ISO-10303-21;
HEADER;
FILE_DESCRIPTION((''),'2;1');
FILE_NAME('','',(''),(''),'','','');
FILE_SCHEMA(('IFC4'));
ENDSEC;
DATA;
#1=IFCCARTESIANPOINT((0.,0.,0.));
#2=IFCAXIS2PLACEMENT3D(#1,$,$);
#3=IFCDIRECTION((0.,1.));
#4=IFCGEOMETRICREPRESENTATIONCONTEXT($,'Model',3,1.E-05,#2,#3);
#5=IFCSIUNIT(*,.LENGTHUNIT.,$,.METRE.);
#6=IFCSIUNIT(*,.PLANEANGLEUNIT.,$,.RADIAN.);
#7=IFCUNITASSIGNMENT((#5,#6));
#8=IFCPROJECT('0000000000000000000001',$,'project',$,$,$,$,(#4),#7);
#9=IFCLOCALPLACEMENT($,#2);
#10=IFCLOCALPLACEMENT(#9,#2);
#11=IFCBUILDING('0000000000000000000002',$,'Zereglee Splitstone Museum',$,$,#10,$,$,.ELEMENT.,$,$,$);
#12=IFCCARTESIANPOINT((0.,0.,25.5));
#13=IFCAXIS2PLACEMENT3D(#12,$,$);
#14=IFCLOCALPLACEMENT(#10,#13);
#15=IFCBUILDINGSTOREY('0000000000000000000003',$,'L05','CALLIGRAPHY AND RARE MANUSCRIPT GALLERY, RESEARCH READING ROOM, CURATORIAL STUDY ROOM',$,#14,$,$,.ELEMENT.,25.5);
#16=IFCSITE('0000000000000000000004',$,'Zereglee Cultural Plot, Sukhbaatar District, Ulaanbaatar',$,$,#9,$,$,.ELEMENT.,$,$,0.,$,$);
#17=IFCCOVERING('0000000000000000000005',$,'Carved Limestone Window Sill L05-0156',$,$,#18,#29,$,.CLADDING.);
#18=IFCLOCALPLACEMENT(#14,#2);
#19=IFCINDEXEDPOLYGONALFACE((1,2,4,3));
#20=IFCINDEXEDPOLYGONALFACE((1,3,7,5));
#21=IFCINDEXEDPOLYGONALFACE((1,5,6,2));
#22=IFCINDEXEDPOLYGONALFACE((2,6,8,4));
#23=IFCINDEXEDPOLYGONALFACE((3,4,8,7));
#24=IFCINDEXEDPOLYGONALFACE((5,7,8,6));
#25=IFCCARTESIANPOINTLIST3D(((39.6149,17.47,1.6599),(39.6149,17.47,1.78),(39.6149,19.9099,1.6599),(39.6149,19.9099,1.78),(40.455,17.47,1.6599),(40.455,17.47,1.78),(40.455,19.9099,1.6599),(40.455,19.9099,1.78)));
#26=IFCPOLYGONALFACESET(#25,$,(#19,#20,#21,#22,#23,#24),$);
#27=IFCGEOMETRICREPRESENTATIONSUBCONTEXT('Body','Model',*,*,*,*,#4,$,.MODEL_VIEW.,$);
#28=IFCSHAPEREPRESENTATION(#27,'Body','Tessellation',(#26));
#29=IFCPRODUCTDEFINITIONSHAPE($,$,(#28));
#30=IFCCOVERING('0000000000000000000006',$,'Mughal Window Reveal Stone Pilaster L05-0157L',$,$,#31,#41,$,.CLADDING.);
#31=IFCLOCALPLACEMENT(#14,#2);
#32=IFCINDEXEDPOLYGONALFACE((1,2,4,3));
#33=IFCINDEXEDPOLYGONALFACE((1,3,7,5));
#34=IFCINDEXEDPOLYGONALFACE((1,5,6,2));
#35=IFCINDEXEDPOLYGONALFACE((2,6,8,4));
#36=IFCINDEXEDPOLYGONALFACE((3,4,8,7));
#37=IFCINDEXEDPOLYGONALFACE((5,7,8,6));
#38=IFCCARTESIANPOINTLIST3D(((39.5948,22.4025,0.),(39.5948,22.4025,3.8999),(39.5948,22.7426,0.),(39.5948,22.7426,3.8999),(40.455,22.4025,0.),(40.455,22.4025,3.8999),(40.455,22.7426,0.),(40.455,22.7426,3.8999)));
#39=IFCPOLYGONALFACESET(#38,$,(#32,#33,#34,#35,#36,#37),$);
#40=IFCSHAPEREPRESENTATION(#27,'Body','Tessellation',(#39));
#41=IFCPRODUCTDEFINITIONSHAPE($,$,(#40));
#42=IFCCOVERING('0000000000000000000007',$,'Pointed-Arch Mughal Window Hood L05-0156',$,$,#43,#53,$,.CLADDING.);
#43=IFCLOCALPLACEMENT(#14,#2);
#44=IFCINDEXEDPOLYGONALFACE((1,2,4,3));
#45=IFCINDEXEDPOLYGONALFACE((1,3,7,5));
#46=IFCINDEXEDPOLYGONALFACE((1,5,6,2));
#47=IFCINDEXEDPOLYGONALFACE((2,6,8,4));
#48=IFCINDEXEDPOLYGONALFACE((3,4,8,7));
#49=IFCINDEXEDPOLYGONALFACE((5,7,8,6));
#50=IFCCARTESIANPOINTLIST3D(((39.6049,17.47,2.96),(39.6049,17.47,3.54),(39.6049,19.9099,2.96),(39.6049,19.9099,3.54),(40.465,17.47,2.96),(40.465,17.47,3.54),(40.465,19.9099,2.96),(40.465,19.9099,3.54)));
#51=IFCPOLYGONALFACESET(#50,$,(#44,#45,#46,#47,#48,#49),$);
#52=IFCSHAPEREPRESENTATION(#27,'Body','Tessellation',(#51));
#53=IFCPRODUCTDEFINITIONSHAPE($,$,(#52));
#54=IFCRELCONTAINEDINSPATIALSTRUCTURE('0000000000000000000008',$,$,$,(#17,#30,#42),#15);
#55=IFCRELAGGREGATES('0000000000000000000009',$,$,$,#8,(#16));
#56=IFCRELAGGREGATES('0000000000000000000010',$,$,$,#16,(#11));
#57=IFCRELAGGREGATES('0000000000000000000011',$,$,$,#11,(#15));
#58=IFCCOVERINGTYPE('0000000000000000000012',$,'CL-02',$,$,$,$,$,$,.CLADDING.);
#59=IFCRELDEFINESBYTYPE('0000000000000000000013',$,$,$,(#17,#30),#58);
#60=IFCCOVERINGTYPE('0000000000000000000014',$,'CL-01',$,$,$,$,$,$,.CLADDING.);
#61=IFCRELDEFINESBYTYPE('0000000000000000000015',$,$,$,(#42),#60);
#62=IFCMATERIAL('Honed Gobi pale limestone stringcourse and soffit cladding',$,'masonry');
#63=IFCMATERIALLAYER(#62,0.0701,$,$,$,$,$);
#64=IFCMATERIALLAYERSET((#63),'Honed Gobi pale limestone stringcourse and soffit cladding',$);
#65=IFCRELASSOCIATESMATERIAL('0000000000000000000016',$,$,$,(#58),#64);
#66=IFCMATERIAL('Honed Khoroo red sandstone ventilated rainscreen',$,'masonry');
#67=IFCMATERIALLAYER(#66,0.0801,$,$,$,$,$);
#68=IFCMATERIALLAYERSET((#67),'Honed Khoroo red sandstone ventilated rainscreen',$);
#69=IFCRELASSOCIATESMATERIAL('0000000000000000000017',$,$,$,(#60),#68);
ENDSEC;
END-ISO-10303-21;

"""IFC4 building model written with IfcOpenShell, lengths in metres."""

from ifc_helpers import new_model, si_unit, direction, frame, origin, origin_2d, place, context, subcontext, project, spatial, rectangle, extrude, material, layer, layer_set, type_object, element, save


model = new_model("IFC4")

# Units and contexts
model_context = context("Model", 3, precision=1e-05, world=origin(), true_north=direction((0.0, 1.0)))
body_context = subcontext(model_context, "Body", "Model", "MODEL_VIEW")
ifc_project = project(units=[si_unit("LENGTHUNIT", "METRE"), si_unit("PLANEANGLEUNIT", "RADIAN")], contexts=[model_context])

# Site, building, storey
site_placement = place(None, origin())
site = spatial("IfcSite", under=ifc_project, at=site_placement, Name="Zereglee Cultural Plot, Sukhbaatar District, Ulaanbaatar", CompositionType="ELEMENT", RefElevation=0.0)
building_placement = place(site_placement, origin())
building = spatial("IfcBuilding", under=site, at=building_placement, Name="Zereglee Splitstone Museum", CompositionType="ELEMENT")
storey_placement = place(building_placement, frame((0.0, 0.0, 25.5)))
storey = spatial("IfcBuildingStorey", under=building, at=storey_placement, Name="L05", Description="CALLIGRAPHY AND RARE MANUSCRIPT GALLERY, RESEARCH READING ROOM, CURATORIAL STUDY ROOM", CompositionType="ELEMENT", Elevation=25.5)

# Coverings
ifc_material_1 = material(Name="Honed Gobi pale limestone stringcourse and soffit cladding", Category="masonry")
ifc_layer_1 = layer(ifc_material_1, 0.0701)
ifc_layer_set_1 = layer_set([ifc_layer_1], Name="Honed Gobi pale limestone stringcourse and soffit cladding")
covering_type_1 = type_object("IfcCoveringType", Name="CL-02", PredefinedType="CLADDING", material=ifc_layer_set_1)
covering_1_placement = place(storey_placement, frame((40.0349, 18.6899, 1.6599), z_axis=(0.0, 0.0, 1.0), x_axis=(0.0, 1.0, 0.0)))
element("IfcCovering", 1, at=covering_1_placement, inside=storey, type_object=covering_type_1, Name="Carved Limestone Window Sill L05-0156", PredefinedType="CLADDING", context=body_context, shape_type="SweptSolid", body=[
    extrude(rectangle(XDim=2.4399, YDim=0.8401, at=origin_2d()), origin(), (0.0, 0.0, 1.0), 0.1201),
])
covering_2_placement = place(storey_placement, frame((40.0249, 22.5725, 0.0), z_axis=(0.0, 0.0, 1.0), x_axis=(0.0, 1.0, 0.0)))
element("IfcCovering", 2, at=covering_2_placement, inside=storey, type_object=covering_type_1, Name="Mughal Window Reveal Stone Pilaster L05-0157L", PredefinedType="CLADDING", context=body_context, shape_type="SweptSolid", body=[
    extrude(rectangle(XDim=0.3401, YDim=0.8601, at=origin_2d()), origin(), (0.0, 0.0, 1.0), 3.8999),
])
ifc_material_2 = material(Name="Honed Khoroo red sandstone ventilated rainscreen", Category="masonry")
ifc_layer_2 = layer(ifc_material_2, 0.0801)
ifc_layer_set_2 = layer_set([ifc_layer_2], Name="Honed Khoroo red sandstone ventilated rainscreen")
covering_type_2 = type_object("IfcCoveringType", Name="CL-01", PredefinedType="CLADDING", material=ifc_layer_set_2)
covering_3_placement = place(storey_placement, frame((40.0349, 18.6899, 2.96), z_axis=(0.0, 0.0, 1.0), x_axis=(0.0, 1.0, 0.0)))
element("IfcCovering", 3, at=covering_3_placement, inside=storey, type_object=covering_type_2, Name="Pointed-Arch Mughal Window Hood L05-0156", PredefinedType="CLADDING", context=body_context, shape_type="SweptSolid", body=[
    extrude(rectangle(XDim=2.4399, YDim=0.8601, at=origin_2d()), origin(), (0.0, 0.0, 1.0), 0.5801),
])

save(model, "model.ifc")
